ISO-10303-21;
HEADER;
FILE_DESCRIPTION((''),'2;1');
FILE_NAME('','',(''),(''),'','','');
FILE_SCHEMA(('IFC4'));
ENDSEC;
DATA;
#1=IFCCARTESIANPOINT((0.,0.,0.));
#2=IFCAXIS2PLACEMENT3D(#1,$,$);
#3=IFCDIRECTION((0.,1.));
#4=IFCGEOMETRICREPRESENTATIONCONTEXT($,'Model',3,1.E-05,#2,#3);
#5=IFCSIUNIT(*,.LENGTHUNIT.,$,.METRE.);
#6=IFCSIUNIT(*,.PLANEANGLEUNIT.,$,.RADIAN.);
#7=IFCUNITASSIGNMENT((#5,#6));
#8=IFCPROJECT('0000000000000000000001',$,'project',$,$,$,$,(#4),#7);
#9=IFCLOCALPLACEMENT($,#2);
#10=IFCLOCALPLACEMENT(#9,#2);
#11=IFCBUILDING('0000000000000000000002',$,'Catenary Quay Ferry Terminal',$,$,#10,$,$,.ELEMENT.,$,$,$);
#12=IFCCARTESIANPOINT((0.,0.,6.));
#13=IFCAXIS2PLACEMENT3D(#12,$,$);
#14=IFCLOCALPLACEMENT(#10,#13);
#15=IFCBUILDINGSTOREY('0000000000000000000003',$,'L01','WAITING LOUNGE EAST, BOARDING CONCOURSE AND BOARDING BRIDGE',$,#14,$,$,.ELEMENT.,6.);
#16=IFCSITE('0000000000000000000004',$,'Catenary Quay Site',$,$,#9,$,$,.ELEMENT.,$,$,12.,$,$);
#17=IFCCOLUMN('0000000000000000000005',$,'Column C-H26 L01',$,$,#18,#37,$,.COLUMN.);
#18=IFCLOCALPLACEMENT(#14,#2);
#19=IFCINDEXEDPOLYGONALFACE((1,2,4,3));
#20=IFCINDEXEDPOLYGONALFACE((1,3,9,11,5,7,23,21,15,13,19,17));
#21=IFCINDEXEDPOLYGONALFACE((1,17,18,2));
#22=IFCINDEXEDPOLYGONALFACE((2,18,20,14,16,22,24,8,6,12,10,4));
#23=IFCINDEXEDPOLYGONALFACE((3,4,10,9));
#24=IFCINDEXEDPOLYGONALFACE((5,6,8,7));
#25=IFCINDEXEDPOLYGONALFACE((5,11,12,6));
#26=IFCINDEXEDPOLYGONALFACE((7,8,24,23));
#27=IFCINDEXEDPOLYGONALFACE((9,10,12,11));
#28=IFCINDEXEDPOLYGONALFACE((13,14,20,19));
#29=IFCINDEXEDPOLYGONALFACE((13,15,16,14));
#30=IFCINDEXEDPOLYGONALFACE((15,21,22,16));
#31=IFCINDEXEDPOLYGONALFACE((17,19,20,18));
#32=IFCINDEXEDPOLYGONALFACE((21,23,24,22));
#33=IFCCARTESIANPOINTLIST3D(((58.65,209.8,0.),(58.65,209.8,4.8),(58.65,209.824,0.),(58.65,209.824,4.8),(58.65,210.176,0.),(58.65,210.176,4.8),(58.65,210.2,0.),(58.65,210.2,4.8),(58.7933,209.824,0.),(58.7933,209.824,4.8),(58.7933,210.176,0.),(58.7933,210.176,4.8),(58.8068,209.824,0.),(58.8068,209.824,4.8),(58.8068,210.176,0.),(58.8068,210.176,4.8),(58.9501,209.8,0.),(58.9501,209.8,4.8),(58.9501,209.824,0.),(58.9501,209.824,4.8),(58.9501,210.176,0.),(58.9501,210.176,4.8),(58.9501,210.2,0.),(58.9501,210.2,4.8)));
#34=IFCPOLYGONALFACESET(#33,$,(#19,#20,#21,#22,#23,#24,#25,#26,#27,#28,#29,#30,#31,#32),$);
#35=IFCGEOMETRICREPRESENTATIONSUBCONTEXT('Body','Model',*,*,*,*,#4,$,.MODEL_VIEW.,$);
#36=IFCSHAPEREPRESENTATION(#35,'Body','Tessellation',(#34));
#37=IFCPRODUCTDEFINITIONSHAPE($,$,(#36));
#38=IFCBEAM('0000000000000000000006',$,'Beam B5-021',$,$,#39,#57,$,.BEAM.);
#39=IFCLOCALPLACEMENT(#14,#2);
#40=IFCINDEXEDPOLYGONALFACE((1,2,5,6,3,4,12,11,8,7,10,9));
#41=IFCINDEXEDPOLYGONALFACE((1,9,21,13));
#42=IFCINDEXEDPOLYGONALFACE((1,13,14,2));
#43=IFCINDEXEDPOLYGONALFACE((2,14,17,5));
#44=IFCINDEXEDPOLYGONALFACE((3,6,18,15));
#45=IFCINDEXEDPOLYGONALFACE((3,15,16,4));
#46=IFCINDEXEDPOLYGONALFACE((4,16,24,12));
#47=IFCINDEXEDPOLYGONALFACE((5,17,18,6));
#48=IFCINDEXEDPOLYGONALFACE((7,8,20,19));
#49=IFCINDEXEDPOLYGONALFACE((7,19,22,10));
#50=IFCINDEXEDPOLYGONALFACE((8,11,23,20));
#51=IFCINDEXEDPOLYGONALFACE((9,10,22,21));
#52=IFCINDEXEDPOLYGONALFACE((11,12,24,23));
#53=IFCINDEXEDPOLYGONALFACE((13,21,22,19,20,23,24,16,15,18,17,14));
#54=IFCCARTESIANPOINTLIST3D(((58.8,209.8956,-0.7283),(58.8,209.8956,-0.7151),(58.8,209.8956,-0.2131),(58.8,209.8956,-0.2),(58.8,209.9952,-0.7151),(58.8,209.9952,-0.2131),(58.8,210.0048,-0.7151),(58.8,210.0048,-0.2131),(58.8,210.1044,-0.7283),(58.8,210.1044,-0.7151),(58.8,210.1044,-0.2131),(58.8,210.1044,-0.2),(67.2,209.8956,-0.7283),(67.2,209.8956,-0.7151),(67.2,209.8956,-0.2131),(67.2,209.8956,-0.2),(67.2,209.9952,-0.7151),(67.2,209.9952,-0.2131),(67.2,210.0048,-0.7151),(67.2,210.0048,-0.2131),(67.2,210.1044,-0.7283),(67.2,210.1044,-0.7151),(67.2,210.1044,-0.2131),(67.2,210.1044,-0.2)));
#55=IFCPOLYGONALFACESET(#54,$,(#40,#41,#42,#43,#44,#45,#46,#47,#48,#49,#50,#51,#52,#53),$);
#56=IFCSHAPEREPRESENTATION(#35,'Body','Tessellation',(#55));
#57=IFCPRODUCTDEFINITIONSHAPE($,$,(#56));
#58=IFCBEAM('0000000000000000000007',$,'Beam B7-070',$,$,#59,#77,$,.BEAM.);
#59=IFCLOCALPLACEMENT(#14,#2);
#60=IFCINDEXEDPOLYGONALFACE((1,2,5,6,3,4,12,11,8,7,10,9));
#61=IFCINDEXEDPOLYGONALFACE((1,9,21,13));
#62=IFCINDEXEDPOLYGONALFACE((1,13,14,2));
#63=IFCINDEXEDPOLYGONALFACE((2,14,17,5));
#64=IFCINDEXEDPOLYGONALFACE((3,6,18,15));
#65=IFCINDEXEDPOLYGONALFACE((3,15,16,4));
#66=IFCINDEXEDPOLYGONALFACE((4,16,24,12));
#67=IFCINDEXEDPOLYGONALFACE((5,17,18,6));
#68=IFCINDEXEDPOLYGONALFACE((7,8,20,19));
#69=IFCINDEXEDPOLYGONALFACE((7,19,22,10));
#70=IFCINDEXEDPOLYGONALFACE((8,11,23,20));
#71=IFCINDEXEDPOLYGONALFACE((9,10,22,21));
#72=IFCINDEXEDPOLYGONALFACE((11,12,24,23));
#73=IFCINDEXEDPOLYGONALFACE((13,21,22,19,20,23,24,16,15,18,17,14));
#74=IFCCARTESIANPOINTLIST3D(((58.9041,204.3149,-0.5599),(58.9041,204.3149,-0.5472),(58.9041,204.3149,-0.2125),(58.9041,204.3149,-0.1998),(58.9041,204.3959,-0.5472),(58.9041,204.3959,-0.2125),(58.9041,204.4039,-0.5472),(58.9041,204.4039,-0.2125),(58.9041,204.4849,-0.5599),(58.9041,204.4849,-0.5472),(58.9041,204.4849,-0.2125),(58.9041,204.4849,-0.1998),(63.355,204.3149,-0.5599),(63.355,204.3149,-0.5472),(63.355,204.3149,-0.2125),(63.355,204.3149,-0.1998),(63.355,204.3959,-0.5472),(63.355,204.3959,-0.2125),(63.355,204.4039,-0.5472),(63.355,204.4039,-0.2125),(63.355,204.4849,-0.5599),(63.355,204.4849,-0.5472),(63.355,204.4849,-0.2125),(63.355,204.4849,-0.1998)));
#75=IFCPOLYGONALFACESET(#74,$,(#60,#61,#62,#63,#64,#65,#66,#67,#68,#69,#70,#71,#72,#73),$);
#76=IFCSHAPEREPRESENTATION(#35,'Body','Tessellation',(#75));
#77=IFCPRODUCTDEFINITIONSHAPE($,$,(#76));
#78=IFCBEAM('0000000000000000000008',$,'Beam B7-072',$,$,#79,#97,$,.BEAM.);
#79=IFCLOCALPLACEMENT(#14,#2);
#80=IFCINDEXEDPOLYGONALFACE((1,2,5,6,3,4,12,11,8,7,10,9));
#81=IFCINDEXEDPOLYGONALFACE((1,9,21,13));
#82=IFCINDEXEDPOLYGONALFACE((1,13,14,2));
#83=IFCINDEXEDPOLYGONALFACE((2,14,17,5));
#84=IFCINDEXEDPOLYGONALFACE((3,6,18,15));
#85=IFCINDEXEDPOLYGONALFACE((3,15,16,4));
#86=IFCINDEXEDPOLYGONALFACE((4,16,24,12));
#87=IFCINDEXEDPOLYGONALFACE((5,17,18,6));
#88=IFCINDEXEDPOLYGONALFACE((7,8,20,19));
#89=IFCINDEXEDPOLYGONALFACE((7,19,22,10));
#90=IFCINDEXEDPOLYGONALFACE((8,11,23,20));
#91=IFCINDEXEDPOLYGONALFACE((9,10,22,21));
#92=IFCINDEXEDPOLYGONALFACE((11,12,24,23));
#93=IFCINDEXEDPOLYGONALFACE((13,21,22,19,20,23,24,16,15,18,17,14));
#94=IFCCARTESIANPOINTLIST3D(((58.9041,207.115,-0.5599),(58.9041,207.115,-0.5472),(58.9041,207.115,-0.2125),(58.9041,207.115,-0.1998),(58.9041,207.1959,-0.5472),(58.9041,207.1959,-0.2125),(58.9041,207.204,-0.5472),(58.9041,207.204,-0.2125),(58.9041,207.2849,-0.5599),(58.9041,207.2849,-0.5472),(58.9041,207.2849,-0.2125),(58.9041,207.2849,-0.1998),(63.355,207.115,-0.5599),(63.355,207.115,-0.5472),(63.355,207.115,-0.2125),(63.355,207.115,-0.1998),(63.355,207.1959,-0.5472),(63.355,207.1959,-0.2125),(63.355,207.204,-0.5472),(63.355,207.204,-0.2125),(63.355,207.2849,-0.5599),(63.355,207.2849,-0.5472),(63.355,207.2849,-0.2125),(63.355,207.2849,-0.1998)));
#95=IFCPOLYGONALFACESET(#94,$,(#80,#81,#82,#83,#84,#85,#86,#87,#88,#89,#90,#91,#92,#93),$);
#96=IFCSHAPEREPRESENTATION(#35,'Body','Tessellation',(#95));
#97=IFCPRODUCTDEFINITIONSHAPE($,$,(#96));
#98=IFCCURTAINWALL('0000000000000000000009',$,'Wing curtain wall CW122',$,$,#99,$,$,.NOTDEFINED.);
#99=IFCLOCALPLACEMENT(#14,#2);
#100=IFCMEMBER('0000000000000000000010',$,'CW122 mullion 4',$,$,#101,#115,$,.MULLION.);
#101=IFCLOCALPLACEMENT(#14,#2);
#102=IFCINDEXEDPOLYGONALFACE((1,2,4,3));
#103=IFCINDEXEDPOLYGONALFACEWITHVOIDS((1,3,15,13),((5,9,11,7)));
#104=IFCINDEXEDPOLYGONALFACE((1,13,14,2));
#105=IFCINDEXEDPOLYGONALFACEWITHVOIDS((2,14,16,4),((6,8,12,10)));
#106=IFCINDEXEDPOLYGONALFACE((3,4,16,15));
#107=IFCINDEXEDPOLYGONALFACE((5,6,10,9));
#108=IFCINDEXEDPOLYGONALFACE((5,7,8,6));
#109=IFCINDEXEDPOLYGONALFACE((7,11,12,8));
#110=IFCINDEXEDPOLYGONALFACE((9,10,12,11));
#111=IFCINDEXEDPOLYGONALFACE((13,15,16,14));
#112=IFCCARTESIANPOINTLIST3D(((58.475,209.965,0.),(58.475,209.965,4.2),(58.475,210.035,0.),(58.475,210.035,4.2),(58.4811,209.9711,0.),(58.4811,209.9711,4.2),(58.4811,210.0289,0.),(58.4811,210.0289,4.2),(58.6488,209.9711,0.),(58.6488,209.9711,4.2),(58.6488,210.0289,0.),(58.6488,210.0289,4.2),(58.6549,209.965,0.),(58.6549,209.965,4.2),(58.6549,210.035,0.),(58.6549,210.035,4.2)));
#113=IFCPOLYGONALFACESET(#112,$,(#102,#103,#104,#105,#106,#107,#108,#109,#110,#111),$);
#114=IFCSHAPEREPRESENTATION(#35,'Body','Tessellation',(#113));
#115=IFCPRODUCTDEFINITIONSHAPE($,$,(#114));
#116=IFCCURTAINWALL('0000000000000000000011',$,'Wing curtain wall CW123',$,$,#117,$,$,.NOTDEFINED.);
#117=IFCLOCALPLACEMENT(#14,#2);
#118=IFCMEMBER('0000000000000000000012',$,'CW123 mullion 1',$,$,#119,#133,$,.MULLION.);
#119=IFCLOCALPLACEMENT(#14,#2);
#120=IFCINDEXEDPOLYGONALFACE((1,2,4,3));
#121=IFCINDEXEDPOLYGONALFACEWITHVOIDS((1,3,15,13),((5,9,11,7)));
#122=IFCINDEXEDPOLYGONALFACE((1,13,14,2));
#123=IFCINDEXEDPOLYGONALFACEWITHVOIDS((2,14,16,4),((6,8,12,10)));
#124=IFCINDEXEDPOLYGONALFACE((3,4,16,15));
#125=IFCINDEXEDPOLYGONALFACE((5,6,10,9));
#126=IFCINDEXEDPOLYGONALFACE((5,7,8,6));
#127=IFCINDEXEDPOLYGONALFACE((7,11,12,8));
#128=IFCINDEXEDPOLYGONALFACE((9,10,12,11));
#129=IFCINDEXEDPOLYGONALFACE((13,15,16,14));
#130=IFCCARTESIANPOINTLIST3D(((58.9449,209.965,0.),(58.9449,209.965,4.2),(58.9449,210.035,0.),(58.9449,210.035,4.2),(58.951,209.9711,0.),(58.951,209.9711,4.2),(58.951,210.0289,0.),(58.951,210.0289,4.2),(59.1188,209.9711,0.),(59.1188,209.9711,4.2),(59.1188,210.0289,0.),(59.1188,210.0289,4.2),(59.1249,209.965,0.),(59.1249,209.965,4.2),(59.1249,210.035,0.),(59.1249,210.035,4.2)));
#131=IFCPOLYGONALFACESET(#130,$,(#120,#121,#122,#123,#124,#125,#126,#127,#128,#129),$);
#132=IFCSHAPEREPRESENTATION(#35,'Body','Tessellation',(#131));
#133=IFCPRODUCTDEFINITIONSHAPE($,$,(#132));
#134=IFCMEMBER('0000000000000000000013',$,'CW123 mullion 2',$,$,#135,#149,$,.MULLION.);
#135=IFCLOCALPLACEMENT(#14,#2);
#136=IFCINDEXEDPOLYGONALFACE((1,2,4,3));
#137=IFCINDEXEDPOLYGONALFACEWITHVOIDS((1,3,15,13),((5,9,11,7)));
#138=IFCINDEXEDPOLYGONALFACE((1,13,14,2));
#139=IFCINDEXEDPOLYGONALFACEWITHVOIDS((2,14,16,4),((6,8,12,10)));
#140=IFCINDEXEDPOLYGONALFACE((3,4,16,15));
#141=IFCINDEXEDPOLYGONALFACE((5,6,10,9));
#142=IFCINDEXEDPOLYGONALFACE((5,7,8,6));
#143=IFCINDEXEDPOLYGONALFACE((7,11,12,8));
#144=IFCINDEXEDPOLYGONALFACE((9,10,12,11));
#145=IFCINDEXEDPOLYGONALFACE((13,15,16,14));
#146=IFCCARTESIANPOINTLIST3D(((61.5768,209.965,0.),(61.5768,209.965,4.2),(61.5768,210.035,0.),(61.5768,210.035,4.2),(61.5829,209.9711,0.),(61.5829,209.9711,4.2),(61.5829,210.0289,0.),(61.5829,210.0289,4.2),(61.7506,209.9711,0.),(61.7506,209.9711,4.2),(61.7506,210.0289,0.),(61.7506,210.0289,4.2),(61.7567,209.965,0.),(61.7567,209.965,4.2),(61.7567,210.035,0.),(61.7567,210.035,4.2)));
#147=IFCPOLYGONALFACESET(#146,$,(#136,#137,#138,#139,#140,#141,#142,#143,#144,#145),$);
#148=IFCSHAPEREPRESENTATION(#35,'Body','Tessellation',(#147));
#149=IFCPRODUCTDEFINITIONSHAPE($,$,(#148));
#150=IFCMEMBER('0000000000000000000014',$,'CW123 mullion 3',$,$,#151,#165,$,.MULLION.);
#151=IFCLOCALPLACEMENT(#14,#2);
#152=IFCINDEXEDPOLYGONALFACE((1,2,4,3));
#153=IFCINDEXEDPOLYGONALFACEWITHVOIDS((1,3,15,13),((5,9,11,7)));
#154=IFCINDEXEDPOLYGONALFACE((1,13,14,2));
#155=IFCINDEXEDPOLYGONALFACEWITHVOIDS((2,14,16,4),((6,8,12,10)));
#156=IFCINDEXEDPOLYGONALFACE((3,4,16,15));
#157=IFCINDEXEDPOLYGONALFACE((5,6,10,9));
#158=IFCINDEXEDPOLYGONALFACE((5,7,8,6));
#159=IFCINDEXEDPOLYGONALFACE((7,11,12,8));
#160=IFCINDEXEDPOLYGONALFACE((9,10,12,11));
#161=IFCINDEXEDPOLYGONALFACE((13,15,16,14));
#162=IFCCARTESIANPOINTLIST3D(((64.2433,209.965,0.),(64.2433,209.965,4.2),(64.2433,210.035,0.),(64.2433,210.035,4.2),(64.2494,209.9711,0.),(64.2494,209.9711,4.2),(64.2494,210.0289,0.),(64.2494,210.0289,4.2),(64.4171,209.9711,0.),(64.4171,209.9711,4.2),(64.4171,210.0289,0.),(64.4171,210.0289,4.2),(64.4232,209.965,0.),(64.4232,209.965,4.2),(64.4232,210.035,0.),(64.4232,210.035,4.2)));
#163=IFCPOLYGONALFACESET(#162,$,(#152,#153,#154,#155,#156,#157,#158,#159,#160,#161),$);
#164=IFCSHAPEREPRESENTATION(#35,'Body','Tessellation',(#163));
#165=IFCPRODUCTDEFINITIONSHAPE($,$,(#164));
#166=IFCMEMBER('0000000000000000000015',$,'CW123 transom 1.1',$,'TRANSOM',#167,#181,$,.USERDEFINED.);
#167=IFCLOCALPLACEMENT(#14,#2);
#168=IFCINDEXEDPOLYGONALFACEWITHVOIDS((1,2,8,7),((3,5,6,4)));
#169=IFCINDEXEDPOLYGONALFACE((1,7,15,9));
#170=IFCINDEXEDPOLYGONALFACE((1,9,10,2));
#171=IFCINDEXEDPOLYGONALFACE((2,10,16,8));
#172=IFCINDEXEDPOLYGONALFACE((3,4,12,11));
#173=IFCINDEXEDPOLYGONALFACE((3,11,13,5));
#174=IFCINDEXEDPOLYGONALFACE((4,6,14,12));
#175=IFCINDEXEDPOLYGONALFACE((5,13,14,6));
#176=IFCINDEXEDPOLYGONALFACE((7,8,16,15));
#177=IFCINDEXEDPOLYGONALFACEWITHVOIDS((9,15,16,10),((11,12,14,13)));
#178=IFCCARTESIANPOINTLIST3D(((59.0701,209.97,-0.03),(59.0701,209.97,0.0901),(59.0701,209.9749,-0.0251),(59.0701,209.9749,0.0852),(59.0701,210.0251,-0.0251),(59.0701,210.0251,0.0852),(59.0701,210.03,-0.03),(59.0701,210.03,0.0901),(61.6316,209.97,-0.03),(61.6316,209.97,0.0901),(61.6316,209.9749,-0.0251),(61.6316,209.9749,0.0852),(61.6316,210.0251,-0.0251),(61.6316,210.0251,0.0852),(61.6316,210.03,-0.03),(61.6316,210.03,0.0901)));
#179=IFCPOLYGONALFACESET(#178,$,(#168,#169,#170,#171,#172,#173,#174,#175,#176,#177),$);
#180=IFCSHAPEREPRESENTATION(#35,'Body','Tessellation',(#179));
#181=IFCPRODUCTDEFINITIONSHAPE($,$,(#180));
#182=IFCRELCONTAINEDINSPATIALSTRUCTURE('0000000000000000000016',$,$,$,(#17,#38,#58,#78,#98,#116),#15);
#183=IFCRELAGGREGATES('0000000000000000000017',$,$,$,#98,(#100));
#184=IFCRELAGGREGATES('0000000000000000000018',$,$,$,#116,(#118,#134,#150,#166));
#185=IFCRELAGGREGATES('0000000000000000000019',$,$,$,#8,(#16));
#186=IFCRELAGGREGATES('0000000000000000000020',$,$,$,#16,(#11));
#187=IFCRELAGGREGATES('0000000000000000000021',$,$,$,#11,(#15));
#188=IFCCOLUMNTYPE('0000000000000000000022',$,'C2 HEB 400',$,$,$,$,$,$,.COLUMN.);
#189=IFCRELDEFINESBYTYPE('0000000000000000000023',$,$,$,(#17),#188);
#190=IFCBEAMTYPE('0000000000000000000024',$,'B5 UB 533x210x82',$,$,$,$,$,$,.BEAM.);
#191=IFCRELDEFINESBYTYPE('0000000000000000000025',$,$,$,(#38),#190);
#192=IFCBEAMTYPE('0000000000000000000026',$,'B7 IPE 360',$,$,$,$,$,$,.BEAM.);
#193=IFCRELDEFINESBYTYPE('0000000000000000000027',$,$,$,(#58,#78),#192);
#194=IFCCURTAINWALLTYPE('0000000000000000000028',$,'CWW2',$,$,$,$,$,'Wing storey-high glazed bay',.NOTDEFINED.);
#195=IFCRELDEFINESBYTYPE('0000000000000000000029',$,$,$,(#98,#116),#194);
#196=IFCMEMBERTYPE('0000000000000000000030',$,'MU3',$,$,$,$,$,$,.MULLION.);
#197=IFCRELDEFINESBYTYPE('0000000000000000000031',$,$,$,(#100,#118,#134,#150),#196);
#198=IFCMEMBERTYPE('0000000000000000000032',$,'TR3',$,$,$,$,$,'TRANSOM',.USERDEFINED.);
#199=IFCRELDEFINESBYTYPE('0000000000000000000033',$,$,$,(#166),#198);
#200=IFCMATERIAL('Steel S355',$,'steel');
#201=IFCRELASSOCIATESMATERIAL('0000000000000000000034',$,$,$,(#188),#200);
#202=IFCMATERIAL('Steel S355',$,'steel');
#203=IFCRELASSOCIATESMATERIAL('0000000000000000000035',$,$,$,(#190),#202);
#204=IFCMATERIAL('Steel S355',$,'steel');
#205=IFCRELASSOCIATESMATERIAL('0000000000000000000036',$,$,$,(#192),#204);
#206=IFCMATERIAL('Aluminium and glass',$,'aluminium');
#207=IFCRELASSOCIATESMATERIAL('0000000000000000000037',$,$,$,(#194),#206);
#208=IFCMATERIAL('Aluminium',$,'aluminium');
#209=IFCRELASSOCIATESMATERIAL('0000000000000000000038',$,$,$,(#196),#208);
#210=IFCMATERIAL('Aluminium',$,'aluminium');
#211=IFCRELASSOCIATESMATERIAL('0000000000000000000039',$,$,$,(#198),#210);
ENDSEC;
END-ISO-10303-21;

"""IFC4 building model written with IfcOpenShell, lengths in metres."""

from ifc_helpers import new_model, si_unit, direction, frame, origin, origin_2d, place, context, subcontext, project, spatial, hollow_rectangle, i_section, extrude, material, material_profile, profile_set, type_object, element, aggregate, save


model = new_model("IFC4")

# Units and contexts
model_context = context("Model", 3, precision=1e-05, world=origin(), true_north=direction((0.0, 1.0)))
body_context = subcontext(model_context, "Body", "Model", "MODEL_VIEW")
ifc_project = project(units=[si_unit("LENGTHUNIT", "METRE"), si_unit("PLANEANGLEUNIT", "RADIAN")], contexts=[model_context])

# Site, building, storey
site_placement = place(None, origin())
site = spatial("IfcSite", under=ifc_project, at=site_placement, Name="Catenary Quay Site", CompositionType="ELEMENT", RefElevation=12.0)
building_placement = place(site_placement, origin())
building = spatial("IfcBuilding", under=site, at=building_placement, Name="Catenary Quay Ferry Terminal", CompositionType="ELEMENT")
storey_placement = place(building_placement, frame((0.0, 0.0, 6.0)))
storey = spatial("IfcBuildingStorey", under=building, at=storey_placement, Name="L01", Description="WAITING LOUNGE EAST, BOARDING CONCOURSE AND BOARDING BRIDGE", CompositionType="ELEMENT", Elevation=6.0)

# Column
ifc_material_1 = material(Name="Steel S355", Category="steel")
ifc_material_profile_1 = material_profile(ifc_material_1, i_section(OverallWidth=0.3, OverallDepth=0.3999, WebThickness=0.0134, FlangeThickness=0.0239, at=origin_2d()), Name="HEB 400")
ifc_profile_set_1 = profile_set([ifc_material_profile_1], Name="Steel S355")
column_type = type_object("IfcColumnType", Name="C2 HEB 400", PredefinedType="COLUMN", material=ifc_profile_set_1)
column_placement = place(storey_placement, frame((58.8, 210.0, 0.0), z_axis=(0.0, 0.0, 1.0), x_axis=(1.0, 0.0, 0.0)))
element("IfcColumn", 1, at=column_placement, inside=storey, type_object=column_type, Name="Column C-H26 L01", PredefinedType="COLUMN", context=body_context, shape_type="SweptSolid", body=[
    extrude(i_section(OverallWidth=0.3, OverallDepth=0.3999, WebThickness=0.0134, FlangeThickness=0.0239, at=origin_2d()), origin(), (0.0, 0.0, 1.0), 4.8),
])

# Beams
ifc_material_2 = material(Name="Steel S355", Category="steel")
ifc_material_profile_2 = material_profile(ifc_material_2, i_section(OverallWidth=0.2087, OverallDepth=0.5283, WebThickness=0.0095, FlangeThickness=0.0132, at=origin_2d()), Name="UB 533x210x82")
ifc_profile_set_2 = profile_set([ifc_material_profile_2], Name="Steel S355")
beam_type_1 = type_object("IfcBeamType", Name="B5 UB 533x210x82", PredefinedType="BEAM", material=ifc_profile_set_2)
beam_placement = place(storey_placement, frame((58.8, 210.0, -0.4641), z_axis=(1.0, 0.0, 0.0), x_axis=(0.0, 1.0, 0.0)))
element("IfcBeam", 2, at=beam_placement, inside=storey, type_object=beam_type_1, Name="Beam B5-021", PredefinedType="BEAM", context=body_context, shape_type="SweptSolid", body=[
    extrude(i_section(OverallWidth=0.2087, OverallDepth=0.5283, WebThickness=0.0095, FlangeThickness=0.0132, at=origin_2d()), origin(), (0.0, 0.0, 1.0), 8.3999),
])
ifc_material_3 = material(Name="Steel S355", Category="steel")
ifc_material_profile_3 = material_profile(ifc_material_3, i_section(OverallWidth=0.1699, OverallDepth=0.3601, WebThickness=0.0081, FlangeThickness=0.0127, at=origin_2d()), Name="IPE 360")
ifc_profile_set_3 = profile_set([ifc_material_profile_3], Name="Steel S355")
beam_type_2 = type_object("IfcBeamType", Name="B7 IPE 360", PredefinedType="BEAM", material=ifc_profile_set_3)
for number, where, z_axis, x_axis, name in (
    (3, (58.9041, 204.3999, -0.3799), (1.0, 0.0, 0.0), (0.0, 1.0, 0.0), "Beam B7-070"),
    (4, (58.9041, 207.2, -0.3799), (1.0, 0.0, 0.0), (0.0, 1.0, 0.0), "Beam B7-072"),
):
    element("IfcBeam", number, at=place(storey_placement, frame(where, z_axis=z_axis, x_axis=x_axis)), inside=storey, type_object=beam_type_2, Name=name, PredefinedType="BEAM", context=body_context, shape_type="SweptSolid", body=[
        extrude(i_section(OverallWidth=0.1699, OverallDepth=0.3601, WebThickness=0.0081, FlangeThickness=0.0127, at=origin_2d()), origin(), (0.0, 0.0, 1.0), 4.4509),
    ])

# Curtain wall, member
ifc_material_4 = material(Name="Aluminium and glass", Category="aluminium")
curtain_wall_type = type_object("IfcCurtainWallType", Name="CWW2", ElementType="Wing storey-high glazed bay", PredefinedType="NOTDEFINED", material=ifc_material_4)
curtain_wall_1_placement = place(storey_placement, origin())
curtain_wall_1 = element("IfcCurtainWall", 5, at=curtain_wall_1_placement, inside=storey, type_object=curtain_wall_type, Name="Wing curtain wall CW122", PredefinedType="NOTDEFINED")
ifc_material_5 = material(Name="Aluminium", Category="aluminium")
ifc_material_profile_4 = material_profile(ifc_material_5, hollow_rectangle(XDim=0.0701, YDim=0.1799, WallThickness=0.0061, at=origin_2d()), Name="MU3")
ifc_profile_set_4 = profile_set([ifc_material_profile_4], Name="Aluminium")
member_type_1 = type_object("IfcMemberType", Name="MU3", PredefinedType="MULLION", material=ifc_profile_set_4)
member_1_placement = place(storey_placement, frame((58.5649, 210.0, 0.0), z_axis=(0.0, 0.0, 1.0), x_axis=(0.0, 1.0, 0.0)))
member_1 = element("IfcMember", 6, at=member_1_placement, type_object=member_type_1, Name="CW122 mullion 4", PredefinedType="MULLION", context=body_context, shape_type="SweptSolid", body=[
    extrude(hollow_rectangle(XDim=0.0701, YDim=0.1799, WallThickness=0.0061, at=origin_2d()), origin(), (0.0, 0.0, 1.0), 4.2),
])

# Curtain wall, members
curtain_wall_2_placement = place(storey_placement, origin())
curtain_wall_2 = element("IfcCurtainWall", 7, at=curtain_wall_2_placement, inside=storey, type_object=curtain_wall_type, Name="Wing curtain wall CW123", PredefinedType="NOTDEFINED")
member_2_placement = place(storey_placement, frame((59.0349, 210.0, 0.0), z_axis=(0.0, 0.0, 1.0), x_axis=(0.0, 1.0, 0.0)))
member_2 = element("IfcMember", 8, at=member_2_placement, type_object=member_type_1, Name="CW123 mullion 1", PredefinedType="MULLION", context=body_context, shape_type="SweptSolid", body=[
    extrude(hollow_rectangle(XDim=0.0701, YDim=0.1799, WallThickness=0.0061, at=origin_2d()), origin(), (0.0, 0.0, 1.0), 4.2),
])
member_3_placement = place(storey_placement, frame((61.6667, 210.0, 0.0), z_axis=(0.0, 0.0, 1.0), x_axis=(0.0, 1.0, 0.0)))
member_3 = element("IfcMember", 9, at=member_3_placement, type_object=member_type_1, Name="CW123 mullion 2", PredefinedType="MULLION", context=body_context, shape_type="SweptSolid", body=[
    extrude(hollow_rectangle(XDim=0.0701, YDim=0.1799, WallThickness=0.0061, at=origin_2d()), origin(), (0.0, 0.0, 1.0), 4.2),
])
member_4_placement = place(storey_placement, frame((64.3333, 210.0, 0.0), z_axis=(0.0, 0.0, 1.0), x_axis=(0.0, 1.0, 0.0)))
member_4 = element("IfcMember", 10, at=member_4_placement, type_object=member_type_1, Name="CW123 mullion 3", PredefinedType="MULLION", context=body_context, shape_type="SweptSolid", body=[
    extrude(hollow_rectangle(XDim=0.0701, YDim=0.1799, WallThickness=0.0061, at=origin_2d()), origin(), (0.0, 0.0, 1.0), 4.2),
])
ifc_material_6 = material(Name="Aluminium", Category="aluminium")
ifc_material_profile_5 = material_profile(ifc_material_6, hollow_rectangle(XDim=0.0601, YDim=0.1201, WallThickness=0.0049, at=origin_2d()), Name="TR3")
ifc_profile_set_5 = profile_set([ifc_material_profile_5], Name="Aluminium")
member_type_2 = type_object("IfcMemberType", Name="TR3", ElementType="TRANSOM", PredefinedType="USERDEFINED", material=ifc_profile_set_5)
member_5_placement = place(storey_placement, frame((59.0701, 210.0, 0.03), z_axis=(1.0, 0.0, 0.0), x_axis=(0.0, 1.0, 0.0)))
member_5 = element("IfcMember", 11, at=member_5_placement, type_object=member_type_2, Name="CW123 transom 1.1", ObjectType="TRANSOM", PredefinedType="USERDEFINED", context=body_context, shape_type="SweptSolid", body=[
    extrude(hollow_rectangle(XDim=0.0601, YDim=0.1201, WallThickness=0.0049, at=origin_2d()), origin(), (0.0, 0.0, 1.0), 2.5615),
])

aggregate(curtain_wall_1, [member_1])
aggregate(curtain_wall_2, [member_2, member_3, member_4, member_5])

save(model, "model.ifc")
